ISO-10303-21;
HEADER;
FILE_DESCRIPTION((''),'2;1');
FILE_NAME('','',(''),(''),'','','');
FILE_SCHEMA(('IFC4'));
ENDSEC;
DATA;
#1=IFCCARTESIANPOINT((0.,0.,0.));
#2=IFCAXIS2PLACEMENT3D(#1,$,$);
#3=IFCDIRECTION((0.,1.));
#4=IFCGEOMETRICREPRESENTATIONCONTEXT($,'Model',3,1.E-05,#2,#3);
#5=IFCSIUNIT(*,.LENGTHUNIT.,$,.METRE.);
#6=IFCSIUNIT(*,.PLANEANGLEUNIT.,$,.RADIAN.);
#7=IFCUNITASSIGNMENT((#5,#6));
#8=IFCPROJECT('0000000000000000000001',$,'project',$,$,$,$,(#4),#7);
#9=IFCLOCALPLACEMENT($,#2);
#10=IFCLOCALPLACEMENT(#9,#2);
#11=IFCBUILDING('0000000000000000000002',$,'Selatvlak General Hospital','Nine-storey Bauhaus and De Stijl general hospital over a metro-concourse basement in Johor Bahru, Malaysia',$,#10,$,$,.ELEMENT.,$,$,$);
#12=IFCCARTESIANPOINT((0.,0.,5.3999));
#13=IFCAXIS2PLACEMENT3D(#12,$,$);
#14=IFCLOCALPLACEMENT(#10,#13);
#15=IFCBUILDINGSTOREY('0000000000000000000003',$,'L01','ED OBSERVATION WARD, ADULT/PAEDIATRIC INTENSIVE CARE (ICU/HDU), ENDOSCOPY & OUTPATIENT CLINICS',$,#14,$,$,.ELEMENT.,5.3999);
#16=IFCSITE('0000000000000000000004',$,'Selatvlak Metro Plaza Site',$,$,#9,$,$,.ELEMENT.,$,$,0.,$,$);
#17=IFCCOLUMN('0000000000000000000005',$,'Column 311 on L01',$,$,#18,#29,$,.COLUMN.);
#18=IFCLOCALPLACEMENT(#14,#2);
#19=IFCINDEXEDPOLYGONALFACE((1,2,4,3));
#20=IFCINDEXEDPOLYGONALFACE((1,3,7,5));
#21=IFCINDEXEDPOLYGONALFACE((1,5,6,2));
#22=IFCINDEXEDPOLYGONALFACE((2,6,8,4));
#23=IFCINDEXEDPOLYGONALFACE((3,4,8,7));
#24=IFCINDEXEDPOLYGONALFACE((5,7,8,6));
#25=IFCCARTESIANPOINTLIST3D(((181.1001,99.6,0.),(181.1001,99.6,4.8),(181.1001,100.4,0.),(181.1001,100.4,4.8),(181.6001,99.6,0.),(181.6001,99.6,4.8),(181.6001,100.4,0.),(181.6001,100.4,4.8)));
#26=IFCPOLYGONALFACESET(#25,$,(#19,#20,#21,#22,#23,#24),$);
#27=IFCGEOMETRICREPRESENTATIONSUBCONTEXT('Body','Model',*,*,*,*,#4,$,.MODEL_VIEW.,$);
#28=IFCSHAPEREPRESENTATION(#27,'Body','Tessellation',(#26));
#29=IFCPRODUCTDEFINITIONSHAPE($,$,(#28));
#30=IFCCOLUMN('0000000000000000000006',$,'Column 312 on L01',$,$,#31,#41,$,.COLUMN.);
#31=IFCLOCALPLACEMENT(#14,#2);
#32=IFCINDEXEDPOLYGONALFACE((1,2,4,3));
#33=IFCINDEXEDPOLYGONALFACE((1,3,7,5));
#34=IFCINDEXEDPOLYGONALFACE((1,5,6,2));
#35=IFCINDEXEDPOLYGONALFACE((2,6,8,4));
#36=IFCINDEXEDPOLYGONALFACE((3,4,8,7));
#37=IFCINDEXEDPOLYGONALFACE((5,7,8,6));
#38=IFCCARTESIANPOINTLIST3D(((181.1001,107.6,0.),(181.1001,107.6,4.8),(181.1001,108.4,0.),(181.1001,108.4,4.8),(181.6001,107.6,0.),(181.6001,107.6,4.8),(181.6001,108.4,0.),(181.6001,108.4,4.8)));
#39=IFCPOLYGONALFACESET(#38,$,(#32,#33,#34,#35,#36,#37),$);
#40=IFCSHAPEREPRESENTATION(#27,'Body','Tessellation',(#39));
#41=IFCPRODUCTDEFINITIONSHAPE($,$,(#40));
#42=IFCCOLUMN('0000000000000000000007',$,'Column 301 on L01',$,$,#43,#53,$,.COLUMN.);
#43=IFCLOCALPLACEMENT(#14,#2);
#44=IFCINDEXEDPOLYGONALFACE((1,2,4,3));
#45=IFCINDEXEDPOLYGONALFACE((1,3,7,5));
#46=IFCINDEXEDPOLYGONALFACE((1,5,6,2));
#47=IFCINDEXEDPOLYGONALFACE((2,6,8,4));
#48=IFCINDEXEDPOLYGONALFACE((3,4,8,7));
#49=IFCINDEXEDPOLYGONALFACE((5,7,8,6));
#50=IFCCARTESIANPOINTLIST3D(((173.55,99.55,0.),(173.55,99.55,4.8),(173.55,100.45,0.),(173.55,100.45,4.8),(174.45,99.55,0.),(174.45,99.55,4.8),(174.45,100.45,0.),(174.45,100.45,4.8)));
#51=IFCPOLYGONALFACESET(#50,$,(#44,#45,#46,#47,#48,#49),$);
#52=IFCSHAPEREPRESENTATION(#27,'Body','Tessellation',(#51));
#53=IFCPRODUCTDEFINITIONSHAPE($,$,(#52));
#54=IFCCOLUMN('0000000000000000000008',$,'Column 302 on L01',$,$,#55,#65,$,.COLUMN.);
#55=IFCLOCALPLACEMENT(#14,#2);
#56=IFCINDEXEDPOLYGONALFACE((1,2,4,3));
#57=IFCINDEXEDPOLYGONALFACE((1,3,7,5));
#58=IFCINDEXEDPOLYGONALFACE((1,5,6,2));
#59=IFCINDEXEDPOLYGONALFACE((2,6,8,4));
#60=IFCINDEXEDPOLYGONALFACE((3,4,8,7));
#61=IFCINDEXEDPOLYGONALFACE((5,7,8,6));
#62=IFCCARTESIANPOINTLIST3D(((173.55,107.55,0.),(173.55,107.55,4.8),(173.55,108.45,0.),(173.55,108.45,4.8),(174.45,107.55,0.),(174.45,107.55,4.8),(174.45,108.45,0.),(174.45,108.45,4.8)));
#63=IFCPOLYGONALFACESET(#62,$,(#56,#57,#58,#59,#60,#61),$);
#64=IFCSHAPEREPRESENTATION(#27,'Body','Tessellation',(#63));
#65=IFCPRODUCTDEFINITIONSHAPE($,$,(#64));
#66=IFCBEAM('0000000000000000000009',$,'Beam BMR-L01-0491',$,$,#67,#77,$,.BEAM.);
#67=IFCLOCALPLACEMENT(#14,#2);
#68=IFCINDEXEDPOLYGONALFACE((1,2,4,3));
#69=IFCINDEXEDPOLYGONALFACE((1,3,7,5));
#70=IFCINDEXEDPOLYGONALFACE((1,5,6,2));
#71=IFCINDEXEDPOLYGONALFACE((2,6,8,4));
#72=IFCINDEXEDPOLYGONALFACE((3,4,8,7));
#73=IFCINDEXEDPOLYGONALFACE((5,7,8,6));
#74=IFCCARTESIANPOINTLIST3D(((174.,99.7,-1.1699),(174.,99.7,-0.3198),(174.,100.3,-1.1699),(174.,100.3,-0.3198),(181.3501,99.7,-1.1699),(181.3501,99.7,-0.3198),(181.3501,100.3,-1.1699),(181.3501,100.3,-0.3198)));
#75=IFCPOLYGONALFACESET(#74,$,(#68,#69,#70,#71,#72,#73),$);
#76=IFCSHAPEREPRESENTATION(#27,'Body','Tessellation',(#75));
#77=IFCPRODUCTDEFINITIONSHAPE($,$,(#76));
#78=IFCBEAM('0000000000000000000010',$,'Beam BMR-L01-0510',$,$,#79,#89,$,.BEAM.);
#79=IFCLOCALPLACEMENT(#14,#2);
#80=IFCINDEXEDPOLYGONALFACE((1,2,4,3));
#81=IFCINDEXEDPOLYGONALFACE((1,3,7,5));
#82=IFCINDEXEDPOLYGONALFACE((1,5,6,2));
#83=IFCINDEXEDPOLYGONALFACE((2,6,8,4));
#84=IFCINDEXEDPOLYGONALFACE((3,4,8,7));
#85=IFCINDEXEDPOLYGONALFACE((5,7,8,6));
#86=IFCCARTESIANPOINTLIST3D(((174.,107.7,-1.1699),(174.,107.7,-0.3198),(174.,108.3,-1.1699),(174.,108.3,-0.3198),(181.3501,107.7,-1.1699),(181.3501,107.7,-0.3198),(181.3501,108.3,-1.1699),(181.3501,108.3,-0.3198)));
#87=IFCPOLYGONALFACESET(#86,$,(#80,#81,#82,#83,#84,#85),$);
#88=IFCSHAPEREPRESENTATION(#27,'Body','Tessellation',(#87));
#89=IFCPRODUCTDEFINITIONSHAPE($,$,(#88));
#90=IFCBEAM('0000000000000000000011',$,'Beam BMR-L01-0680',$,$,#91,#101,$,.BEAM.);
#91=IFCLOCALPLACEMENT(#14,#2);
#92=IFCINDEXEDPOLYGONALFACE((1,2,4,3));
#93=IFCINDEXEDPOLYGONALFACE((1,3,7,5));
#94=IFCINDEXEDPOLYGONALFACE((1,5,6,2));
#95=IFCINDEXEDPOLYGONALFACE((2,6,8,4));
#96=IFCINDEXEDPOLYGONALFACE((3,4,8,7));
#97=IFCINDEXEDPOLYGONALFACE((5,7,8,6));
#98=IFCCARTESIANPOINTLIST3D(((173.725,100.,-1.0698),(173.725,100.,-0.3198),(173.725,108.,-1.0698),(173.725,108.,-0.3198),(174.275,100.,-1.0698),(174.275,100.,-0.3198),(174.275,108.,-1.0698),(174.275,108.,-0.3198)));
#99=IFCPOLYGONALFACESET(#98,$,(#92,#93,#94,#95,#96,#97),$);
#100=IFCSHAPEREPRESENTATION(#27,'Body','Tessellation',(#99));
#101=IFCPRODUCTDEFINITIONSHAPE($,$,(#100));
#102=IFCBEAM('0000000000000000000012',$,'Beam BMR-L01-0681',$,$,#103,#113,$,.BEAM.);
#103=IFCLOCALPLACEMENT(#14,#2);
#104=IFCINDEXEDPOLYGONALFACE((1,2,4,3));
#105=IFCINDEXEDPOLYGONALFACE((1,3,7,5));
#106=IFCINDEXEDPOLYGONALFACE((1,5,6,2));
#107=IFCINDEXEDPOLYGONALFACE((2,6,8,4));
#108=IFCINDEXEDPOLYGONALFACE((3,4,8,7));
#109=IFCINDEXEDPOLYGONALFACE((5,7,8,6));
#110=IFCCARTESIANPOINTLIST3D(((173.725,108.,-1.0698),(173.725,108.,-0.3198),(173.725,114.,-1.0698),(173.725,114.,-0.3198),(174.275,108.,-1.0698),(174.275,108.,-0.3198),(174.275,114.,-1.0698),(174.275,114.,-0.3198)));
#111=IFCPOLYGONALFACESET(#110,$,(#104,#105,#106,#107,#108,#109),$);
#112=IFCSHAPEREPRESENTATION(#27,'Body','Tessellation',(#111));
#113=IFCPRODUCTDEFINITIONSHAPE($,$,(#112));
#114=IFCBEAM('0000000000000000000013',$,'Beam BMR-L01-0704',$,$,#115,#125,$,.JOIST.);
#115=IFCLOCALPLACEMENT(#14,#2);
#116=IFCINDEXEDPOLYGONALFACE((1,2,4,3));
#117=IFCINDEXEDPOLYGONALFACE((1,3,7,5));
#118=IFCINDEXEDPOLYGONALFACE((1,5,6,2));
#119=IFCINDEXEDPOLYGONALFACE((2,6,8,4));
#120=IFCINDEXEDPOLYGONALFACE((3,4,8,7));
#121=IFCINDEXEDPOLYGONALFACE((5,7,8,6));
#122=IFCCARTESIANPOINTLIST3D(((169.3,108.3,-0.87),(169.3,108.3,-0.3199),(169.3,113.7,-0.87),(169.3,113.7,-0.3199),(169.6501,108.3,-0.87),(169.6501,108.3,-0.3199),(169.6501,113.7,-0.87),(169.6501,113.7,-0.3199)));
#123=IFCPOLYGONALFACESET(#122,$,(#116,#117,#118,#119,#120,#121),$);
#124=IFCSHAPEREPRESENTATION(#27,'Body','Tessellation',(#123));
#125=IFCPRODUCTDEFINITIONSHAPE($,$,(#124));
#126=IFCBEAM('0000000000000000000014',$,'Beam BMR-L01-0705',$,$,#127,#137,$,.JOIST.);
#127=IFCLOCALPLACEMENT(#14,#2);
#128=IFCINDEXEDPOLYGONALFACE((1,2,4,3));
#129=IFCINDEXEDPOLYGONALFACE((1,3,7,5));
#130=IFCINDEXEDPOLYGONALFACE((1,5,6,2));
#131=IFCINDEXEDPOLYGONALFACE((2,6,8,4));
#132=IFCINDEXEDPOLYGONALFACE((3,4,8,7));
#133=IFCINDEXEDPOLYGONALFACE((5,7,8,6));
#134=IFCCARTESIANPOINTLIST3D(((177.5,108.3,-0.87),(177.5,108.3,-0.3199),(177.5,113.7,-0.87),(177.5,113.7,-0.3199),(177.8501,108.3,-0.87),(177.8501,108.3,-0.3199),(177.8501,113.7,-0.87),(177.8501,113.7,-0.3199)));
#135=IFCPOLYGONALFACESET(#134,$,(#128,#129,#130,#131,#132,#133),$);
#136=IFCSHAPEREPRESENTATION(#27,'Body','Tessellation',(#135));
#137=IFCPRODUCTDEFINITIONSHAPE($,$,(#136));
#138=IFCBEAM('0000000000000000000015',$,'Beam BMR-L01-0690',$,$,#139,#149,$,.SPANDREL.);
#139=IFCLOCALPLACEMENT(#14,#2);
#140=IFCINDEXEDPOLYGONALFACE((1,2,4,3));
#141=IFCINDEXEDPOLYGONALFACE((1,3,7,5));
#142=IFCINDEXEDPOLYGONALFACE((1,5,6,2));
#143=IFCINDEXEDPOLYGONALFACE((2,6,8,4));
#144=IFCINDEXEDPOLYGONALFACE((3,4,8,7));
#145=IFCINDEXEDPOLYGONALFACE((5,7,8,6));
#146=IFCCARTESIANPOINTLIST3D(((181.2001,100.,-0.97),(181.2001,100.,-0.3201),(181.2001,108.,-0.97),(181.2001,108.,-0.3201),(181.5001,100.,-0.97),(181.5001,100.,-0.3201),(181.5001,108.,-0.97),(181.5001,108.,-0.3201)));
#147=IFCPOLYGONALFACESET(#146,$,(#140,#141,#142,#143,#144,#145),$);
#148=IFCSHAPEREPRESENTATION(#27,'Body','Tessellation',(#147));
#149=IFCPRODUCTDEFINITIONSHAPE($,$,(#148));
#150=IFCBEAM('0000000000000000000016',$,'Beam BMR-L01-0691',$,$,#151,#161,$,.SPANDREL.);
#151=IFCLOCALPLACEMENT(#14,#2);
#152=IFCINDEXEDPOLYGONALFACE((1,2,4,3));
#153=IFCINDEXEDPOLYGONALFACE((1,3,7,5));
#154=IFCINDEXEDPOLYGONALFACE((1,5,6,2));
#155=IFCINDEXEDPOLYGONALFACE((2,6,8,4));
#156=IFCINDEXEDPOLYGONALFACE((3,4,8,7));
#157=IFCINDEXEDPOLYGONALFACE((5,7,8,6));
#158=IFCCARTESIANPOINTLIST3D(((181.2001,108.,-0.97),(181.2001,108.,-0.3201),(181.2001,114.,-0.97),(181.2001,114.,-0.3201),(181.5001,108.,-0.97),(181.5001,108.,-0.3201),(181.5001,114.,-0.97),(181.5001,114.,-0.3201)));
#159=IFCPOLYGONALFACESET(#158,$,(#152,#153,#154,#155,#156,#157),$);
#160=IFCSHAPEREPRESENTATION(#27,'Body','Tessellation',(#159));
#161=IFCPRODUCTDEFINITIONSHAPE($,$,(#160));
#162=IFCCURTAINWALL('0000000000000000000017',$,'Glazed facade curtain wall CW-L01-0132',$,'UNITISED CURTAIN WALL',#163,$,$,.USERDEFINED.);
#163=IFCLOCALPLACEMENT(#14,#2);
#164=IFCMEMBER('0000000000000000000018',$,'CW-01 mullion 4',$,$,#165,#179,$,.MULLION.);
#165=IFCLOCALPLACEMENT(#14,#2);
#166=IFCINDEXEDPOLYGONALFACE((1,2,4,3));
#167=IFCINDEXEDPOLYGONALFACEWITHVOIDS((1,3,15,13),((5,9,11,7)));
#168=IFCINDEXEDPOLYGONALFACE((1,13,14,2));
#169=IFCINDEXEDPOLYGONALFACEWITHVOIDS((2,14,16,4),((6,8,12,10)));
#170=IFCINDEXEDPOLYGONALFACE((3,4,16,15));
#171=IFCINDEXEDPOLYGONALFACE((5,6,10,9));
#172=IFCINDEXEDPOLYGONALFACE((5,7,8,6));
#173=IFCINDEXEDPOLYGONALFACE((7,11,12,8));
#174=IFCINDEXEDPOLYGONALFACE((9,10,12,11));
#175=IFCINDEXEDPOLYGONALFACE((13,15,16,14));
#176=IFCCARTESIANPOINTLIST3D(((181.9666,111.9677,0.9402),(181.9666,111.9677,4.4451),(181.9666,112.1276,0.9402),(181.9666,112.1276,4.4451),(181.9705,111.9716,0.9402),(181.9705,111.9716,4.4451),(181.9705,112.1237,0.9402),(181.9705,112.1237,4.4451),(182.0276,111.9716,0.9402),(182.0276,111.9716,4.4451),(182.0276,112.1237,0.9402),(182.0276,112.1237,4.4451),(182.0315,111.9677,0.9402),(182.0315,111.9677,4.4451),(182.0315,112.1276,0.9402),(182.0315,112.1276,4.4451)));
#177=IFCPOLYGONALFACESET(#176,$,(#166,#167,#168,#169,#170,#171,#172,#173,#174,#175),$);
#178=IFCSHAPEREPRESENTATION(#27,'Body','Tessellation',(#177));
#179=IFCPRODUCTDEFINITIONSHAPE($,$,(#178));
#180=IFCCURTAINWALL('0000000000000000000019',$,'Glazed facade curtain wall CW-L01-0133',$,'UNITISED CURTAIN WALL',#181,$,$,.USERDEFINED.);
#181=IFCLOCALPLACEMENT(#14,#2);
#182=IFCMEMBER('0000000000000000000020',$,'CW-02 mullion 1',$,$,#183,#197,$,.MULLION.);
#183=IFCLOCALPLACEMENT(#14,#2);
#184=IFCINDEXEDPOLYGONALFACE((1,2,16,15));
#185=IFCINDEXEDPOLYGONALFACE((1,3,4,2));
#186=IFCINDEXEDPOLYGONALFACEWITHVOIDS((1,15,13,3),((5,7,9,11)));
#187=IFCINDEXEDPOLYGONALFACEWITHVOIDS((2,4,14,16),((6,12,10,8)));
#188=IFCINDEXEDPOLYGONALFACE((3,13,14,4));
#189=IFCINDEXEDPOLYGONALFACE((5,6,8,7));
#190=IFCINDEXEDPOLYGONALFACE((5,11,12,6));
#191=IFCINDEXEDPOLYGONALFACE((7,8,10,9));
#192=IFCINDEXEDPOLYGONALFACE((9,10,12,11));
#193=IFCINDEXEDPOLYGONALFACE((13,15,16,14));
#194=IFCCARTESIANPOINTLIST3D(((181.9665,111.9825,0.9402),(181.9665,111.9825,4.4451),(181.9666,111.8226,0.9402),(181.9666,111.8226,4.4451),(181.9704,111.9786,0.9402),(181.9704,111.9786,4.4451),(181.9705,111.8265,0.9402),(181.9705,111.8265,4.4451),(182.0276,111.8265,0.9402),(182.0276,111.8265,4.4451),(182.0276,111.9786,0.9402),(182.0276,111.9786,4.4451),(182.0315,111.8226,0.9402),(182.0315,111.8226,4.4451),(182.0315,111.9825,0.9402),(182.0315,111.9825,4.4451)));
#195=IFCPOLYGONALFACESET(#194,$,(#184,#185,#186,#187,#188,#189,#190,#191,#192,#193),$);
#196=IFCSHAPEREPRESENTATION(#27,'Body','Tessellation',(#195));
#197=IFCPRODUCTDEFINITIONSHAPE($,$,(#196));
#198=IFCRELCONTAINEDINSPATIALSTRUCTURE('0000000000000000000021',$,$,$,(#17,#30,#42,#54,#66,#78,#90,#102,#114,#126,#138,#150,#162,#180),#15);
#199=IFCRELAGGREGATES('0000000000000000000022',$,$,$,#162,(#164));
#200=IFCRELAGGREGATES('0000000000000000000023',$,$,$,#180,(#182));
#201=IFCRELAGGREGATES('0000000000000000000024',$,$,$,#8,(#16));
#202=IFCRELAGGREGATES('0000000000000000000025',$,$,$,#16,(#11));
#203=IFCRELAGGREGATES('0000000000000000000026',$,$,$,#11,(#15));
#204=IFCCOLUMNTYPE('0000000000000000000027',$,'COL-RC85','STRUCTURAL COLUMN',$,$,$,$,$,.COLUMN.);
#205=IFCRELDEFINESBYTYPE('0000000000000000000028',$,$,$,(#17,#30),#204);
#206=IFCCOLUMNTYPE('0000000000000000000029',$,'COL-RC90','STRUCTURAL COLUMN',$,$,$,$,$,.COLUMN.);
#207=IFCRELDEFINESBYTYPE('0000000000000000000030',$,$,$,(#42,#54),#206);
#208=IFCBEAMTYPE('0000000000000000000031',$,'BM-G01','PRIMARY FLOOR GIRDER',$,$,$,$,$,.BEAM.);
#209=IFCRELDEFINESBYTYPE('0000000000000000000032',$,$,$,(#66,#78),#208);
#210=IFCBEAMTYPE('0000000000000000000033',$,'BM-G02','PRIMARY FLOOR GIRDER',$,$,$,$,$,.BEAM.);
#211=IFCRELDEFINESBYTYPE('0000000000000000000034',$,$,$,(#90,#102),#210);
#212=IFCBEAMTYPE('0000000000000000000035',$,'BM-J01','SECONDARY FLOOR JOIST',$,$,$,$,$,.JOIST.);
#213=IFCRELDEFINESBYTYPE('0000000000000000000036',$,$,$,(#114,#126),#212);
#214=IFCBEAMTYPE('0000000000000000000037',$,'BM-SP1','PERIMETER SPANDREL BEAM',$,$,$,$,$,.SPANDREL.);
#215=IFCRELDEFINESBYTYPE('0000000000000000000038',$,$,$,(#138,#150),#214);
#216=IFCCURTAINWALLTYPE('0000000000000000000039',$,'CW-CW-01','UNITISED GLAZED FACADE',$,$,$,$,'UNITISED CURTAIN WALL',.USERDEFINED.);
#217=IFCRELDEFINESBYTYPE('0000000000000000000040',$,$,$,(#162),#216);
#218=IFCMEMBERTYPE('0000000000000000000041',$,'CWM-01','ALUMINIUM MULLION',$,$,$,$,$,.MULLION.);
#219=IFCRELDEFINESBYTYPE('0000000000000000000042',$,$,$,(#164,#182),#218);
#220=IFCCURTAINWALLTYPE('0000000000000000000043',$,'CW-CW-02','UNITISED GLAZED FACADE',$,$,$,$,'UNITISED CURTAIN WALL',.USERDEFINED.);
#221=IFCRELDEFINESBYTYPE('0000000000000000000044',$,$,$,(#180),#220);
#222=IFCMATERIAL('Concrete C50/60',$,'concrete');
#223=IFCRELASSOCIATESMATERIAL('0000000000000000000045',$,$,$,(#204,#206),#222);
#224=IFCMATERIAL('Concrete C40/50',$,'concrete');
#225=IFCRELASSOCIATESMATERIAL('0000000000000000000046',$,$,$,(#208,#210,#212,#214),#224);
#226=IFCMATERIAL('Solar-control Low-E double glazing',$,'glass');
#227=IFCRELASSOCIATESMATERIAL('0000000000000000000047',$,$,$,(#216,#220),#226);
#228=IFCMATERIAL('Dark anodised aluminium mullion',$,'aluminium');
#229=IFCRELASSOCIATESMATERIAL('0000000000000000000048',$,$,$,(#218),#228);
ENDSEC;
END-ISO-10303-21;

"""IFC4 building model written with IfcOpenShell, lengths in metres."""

from ifc_helpers import new_model, si_unit, direction, frame, origin, origin_2d, place, context, subcontext, project, spatial, rectangle, hollow_rectangle, extrude, material, material_profile, profile_set, type_object, element, aggregate, save


model = new_model("IFC4")

# Units and contexts
model_context = context("Model", 3, precision=1e-05, world=origin(), true_north=direction((0.0, 1.0)))
body_context = subcontext(model_context, "Body", "Model", "MODEL_VIEW")
ifc_project = project(units=[si_unit("LENGTHUNIT", "METRE"), si_unit("PLANEANGLEUNIT", "RADIAN")], contexts=[model_context])

# Site, building, storey
site_placement = place(None, origin())
site = spatial("IfcSite", under=ifc_project, at=site_placement, Name="Selatvlak Metro Plaza Site", CompositionType="ELEMENT", RefElevation=0.0)
building_placement = place(site_placement, origin())
building = spatial("IfcBuilding", under=site, at=building_placement, Name="Selatvlak General Hospital", Description="Nine-storey Bauhaus and De Stijl general hospital over a metro-concourse basement in Johor Bahru, Malaysia", CompositionType="ELEMENT")
storey_placement = place(building_placement, frame((0.0, 0.0, 5.3999)))
storey = spatial("IfcBuildingStorey", under=building, at=storey_placement, Name="L01", Description="ED OBSERVATION WARD, ADULT/PAEDIATRIC INTENSIVE CARE (ICU/HDU), ENDOSCOPY & OUTPATIENT CLINICS", CompositionType="ELEMENT", Elevation=5.3999)

# Columns
ifc_material_1 = material(Name="Concrete C50/60", Category="concrete")
ifc_material_profile_1 = material_profile(ifc_material_1, rectangle(XDim=0.5, YDim=0.8, at=origin_2d()), Name="RC-COL 800x500")
ifc_profile_set_1 = profile_set([ifc_material_profile_1], Name="Concrete C50/60")
column_type_1 = type_object("IfcColumnType", Name="COL-RC85", Description="STRUCTURAL COLUMN", PredefinedType="COLUMN", material=ifc_profile_set_1)
for number, where, z_axis, x_axis, name in (
    (1, (181.3501, 100.0, 0.0), (0.0, 0.0, 1.0), (1.0, 0.0, 0.0), "Column 311 on L01"),
    (2, (181.3501, 108.0, 0.0), (0.0, 0.0, 1.0), (1.0, 0.0, 0.0), "Column 312 on L01"),
):
    element("IfcColumn", number, at=place(storey_placement, frame(where, z_axis=z_axis, x_axis=x_axis)), inside=storey, type_object=column_type_1, Name=name, PredefinedType="COLUMN", context=body_context, shape_type="SweptSolid", body=[
        extrude(rectangle(XDim=0.5, YDim=0.8, at=origin_2d()), origin(), (0.0, 0.0, 1.0), 4.8),
    ])
ifc_material_profile_2 = material_profile(ifc_material_1, rectangle(XDim=0.8999, YDim=0.8999, at=origin_2d()), Name="RC-COL 900x900")
ifc_profile_set_2 = profile_set([ifc_material_profile_2], Name="Concrete C50/60")
column_type_2 = type_object("IfcColumnType", Name="COL-RC90", Description="STRUCTURAL COLUMN", PredefinedType="COLUMN", material=ifc_profile_set_2)
for number, where, z_axis, x_axis, name in (
    (3, (174.0, 100.0, 0.0), (0.0, 0.0, 1.0), (1.0, 0.0, 0.0), "Column 301 on L01"),
    (4, (174.0, 108.0, 0.0), (0.0, 0.0, 1.0), (1.0, 0.0, 0.0), "Column 302 on L01"),
):
    element("IfcColumn", number, at=place(storey_placement, frame(where, z_axis=z_axis, x_axis=x_axis)), inside=storey, type_object=column_type_2, Name=name, PredefinedType="COLUMN", context=body_context, shape_type="SweptSolid", body=[
        extrude(rectangle(XDim=0.8999, YDim=0.8999, at=origin_2d()), origin(), (0.0, 0.0, 1.0), 4.8),
    ])

# Beams
ifc_material_2 = material(Name="Concrete C40/50", Category="concrete")
ifc_material_profile_3 = material_profile(ifc_material_2, rectangle(XDim=0.6001, YDim=0.8501, at=origin_2d()), Name="RC-BM 600x850")
ifc_profile_set_3 = profile_set([ifc_material_profile_3], Name="Concrete C40/50")
beam_type_1 = type_object("IfcBeamType", Name="BM-G01", Description="PRIMARY FLOOR GIRDER", PredefinedType="BEAM", material=ifc_profile_set_3)
for number, where, z_axis, x_axis, name in (
    (5, (174.0, 100.0, -0.7449), (1.0, 0.0, 0.0), (0.0, 1.0, 0.0), "Beam BMR-L01-0491"),
    (6, (174.0, 108.0, -0.7449), (1.0, 0.0, 0.0), (0.0, 1.0, 0.0), "Beam BMR-L01-0510"),
):
    element("IfcBeam", number, at=place(storey_placement, frame(where, z_axis=z_axis, x_axis=x_axis)), inside=storey, type_object=beam_type_1, Name=name, PredefinedType="BEAM", context=body_context, shape_type="SweptSolid", body=[
        extrude(rectangle(XDim=0.6001, YDim=0.8501, at=origin_2d()), origin(), (0.0, 0.0, 1.0), 7.3501),
    ])
ifc_material_profile_4 = material_profile(ifc_material_2, rectangle(XDim=0.55, YDim=0.75, at=origin_2d()), Name="RC-BM 550x750")
ifc_profile_set_4 = profile_set([ifc_material_profile_4], Name="Concrete C40/50")
beam_type_2 = type_object("IfcBeamType", Name="BM-G02", Description="PRIMARY FLOOR GIRDER", PredefinedType="BEAM", material=ifc_profile_set_4)
beam_1_placement = place(storey_placement, frame((174.0, 100.0, -0.6948), z_axis=(0.0, 1.0, 0.0), x_axis=(-1.0, 0.0, 0.0)))
element("IfcBeam", 7, at=beam_1_placement, inside=storey, type_object=beam_type_2, Name="Beam BMR-L01-0680", PredefinedType="BEAM", context=body_context, shape_type="SweptSolid", body=[
    extrude(rectangle(XDim=0.55, YDim=0.75, at=origin_2d()), origin(), (0.0, 0.0, 1.0), 8.0),
])
beam_2_placement = place(storey_placement, frame((174.0, 108.0, -0.6948), z_axis=(0.0, 1.0, 0.0), x_axis=(-1.0, 0.0, 0.0)))
element("IfcBeam", 8, at=beam_2_placement, inside=storey, type_object=beam_type_2, Name="Beam BMR-L01-0681", PredefinedType="BEAM", context=body_context, shape_type="SweptSolid", body=[
    extrude(rectangle(XDim=0.55, YDim=0.75, at=origin_2d()), origin(), (0.0, 0.0, 1.0), 6.0),
])
ifc_material_profile_5 = material_profile(ifc_material_2, rectangle(XDim=0.3501, YDim=0.55, at=origin_2d()), Name="RC-BM 350x550")
ifc_profile_set_5 = profile_set([ifc_material_profile_5], Name="Concrete C40/50")
beam_type_3 = type_object("IfcBeamType", Name="BM-J01", Description="SECONDARY FLOOR JOIST", PredefinedType="JOIST", material=ifc_profile_set_5)
for number, where, z_axis, x_axis, name in (
    (9, (169.4751, 108.3, -0.595), (0.0, 1.0, 0.0), (-1.0, 0.0, 0.0), "Beam BMR-L01-0704"),
    (10, (177.675, 108.3, -0.595), (0.0, 1.0, 0.0), (-1.0, 0.0, 0.0), "Beam BMR-L01-0705"),
):
    element("IfcBeam", number, at=place(storey_placement, frame(where, z_axis=z_axis, x_axis=x_axis)), inside=storey, type_object=beam_type_3, Name=name, PredefinedType="JOIST", context=body_context, shape_type="SweptSolid", body=[
        extrude(rectangle(XDim=0.3501, YDim=0.55, at=origin_2d()), origin(), (0.0, 0.0, 1.0), 5.3999),
    ])
ifc_material_profile_6 = material_profile(ifc_material_2, rectangle(XDim=0.3, YDim=0.6499, at=origin_2d()), Name="RC-SP 300x650")
ifc_profile_set_6 = profile_set([ifc_material_profile_6], Name="Concrete C40/50")
beam_type_4 = type_object("IfcBeamType", Name="BM-SP1", Description="PERIMETER SPANDREL BEAM", PredefinedType="SPANDREL", material=ifc_profile_set_6)
beam_3_placement = place(storey_placement, frame((181.3501, 100.0, -0.645), z_axis=(0.0, 1.0, 0.0), x_axis=(-1.0, 0.0, 0.0)))
element("IfcBeam", 11, at=beam_3_placement, inside=storey, type_object=beam_type_4, Name="Beam BMR-L01-0690", PredefinedType="SPANDREL", context=body_context, shape_type="SweptSolid", body=[
    extrude(rectangle(XDim=0.3, YDim=0.6499, at=origin_2d()), origin(), (0.0, 0.0, 1.0), 8.0),
])
beam_4_placement = place(storey_placement, frame((181.3501, 108.0, -0.645), z_axis=(0.0, 1.0, 0.0), x_axis=(-1.0, 0.0, 0.0)))
element("IfcBeam", 12, at=beam_4_placement, inside=storey, type_object=beam_type_4, Name="Beam BMR-L01-0691", PredefinedType="SPANDREL", context=body_context, shape_type="SweptSolid", body=[
    extrude(rectangle(XDim=0.3, YDim=0.6499, at=origin_2d()), origin(), (0.0, 0.0, 1.0), 6.0),
])

# Curtain wall, member
ifc_material_3 = material(Name="Solar-control Low-E double glazing", Category="glass")
curtain_wall_type_1 = type_object("IfcCurtainWallType", Name="CW-CW-01", Description="UNITISED GLAZED FACADE", ElementType="UNITISED CURTAIN WALL", PredefinedType="USERDEFINED", material=ifc_material_3)
curtain_wall_1_placement = place(storey_placement, origin())
curtain_wall_1 = element("IfcCurtainWall", 13, at=curtain_wall_1_placement, inside=storey, type_object=curtain_wall_type_1, Name="Glazed facade curtain wall CW-L01-0132", ObjectType="UNITISED CURTAIN WALL", PredefinedType="USERDEFINED")
ifc_material_4 = material(Name="Dark anodised aluminium mullion", Category="aluminium")
ifc_material_profile_7 = material_profile(ifc_material_4, hollow_rectangle(XDim=0.0649, YDim=0.1599, WallThickness=0.0039, at=origin_2d()), Name="AL-MUL 65x160x4")
ifc_profile_set_7 = profile_set([ifc_material_profile_7], Name="Dark anodised aluminium mullion")
member_type_1 = type_object("IfcMemberType", Name="CWM-01", Description="ALUMINIUM MULLION", PredefinedType="MULLION", material=ifc_profile_set_7)
member_1_placement = place(storey_placement, frame((181.999, 112.0476, 0.9402), z_axis=(0.0, 0.0, 1.0), x_axis=(1.0, 0.0, 0.0)))
member_1 = element("IfcMember", 14, at=member_1_placement, type_object=member_type_1, Name="CW-01 mullion 4", PredefinedType="MULLION", context=body_context, shape_type="SweptSolid", body=[
    extrude(hollow_rectangle(XDim=0.0649, YDim=0.1599, WallThickness=0.0039, at=origin_2d()), origin(), (0.0, 0.0, 1.0), 3.5049),
])
aggregate(curtain_wall_1, [member_1])

# Curtain wall, member
curtain_wall_type_2 = type_object("IfcCurtainWallType", Name="CW-CW-02", Description="UNITISED GLAZED FACADE", ElementType="UNITISED CURTAIN WALL", PredefinedType="USERDEFINED", material=ifc_material_3)
curtain_wall_2_placement = place(storey_placement, origin())
curtain_wall_2 = element("IfcCurtainWall", 15, at=curtain_wall_2_placement, inside=storey, type_object=curtain_wall_type_2, Name="Glazed facade curtain wall CW-L01-0133", ObjectType="UNITISED CURTAIN WALL", PredefinedType="USERDEFINED")
member_2_placement = place(storey_placement, frame((181.999, 111.9026, 0.9402), z_axis=(0.0, 0.0, 1.0), x_axis=(1.0, 0.000126, 0.0)))
member_2 = element("IfcMember", 16, at=member_2_placement, type_object=member_type_1, Name="CW-02 mullion 1", PredefinedType="MULLION", context=body_context, shape_type="SweptSolid", body=[
    extrude(hollow_rectangle(XDim=0.0649, YDim=0.1599, WallThickness=0.0039, at=origin_2d()), origin(), (0.0, 0.0, 1.0), 3.5049),
])
aggregate(curtain_wall_2, [member_2])

save(model, "model.ifc")
